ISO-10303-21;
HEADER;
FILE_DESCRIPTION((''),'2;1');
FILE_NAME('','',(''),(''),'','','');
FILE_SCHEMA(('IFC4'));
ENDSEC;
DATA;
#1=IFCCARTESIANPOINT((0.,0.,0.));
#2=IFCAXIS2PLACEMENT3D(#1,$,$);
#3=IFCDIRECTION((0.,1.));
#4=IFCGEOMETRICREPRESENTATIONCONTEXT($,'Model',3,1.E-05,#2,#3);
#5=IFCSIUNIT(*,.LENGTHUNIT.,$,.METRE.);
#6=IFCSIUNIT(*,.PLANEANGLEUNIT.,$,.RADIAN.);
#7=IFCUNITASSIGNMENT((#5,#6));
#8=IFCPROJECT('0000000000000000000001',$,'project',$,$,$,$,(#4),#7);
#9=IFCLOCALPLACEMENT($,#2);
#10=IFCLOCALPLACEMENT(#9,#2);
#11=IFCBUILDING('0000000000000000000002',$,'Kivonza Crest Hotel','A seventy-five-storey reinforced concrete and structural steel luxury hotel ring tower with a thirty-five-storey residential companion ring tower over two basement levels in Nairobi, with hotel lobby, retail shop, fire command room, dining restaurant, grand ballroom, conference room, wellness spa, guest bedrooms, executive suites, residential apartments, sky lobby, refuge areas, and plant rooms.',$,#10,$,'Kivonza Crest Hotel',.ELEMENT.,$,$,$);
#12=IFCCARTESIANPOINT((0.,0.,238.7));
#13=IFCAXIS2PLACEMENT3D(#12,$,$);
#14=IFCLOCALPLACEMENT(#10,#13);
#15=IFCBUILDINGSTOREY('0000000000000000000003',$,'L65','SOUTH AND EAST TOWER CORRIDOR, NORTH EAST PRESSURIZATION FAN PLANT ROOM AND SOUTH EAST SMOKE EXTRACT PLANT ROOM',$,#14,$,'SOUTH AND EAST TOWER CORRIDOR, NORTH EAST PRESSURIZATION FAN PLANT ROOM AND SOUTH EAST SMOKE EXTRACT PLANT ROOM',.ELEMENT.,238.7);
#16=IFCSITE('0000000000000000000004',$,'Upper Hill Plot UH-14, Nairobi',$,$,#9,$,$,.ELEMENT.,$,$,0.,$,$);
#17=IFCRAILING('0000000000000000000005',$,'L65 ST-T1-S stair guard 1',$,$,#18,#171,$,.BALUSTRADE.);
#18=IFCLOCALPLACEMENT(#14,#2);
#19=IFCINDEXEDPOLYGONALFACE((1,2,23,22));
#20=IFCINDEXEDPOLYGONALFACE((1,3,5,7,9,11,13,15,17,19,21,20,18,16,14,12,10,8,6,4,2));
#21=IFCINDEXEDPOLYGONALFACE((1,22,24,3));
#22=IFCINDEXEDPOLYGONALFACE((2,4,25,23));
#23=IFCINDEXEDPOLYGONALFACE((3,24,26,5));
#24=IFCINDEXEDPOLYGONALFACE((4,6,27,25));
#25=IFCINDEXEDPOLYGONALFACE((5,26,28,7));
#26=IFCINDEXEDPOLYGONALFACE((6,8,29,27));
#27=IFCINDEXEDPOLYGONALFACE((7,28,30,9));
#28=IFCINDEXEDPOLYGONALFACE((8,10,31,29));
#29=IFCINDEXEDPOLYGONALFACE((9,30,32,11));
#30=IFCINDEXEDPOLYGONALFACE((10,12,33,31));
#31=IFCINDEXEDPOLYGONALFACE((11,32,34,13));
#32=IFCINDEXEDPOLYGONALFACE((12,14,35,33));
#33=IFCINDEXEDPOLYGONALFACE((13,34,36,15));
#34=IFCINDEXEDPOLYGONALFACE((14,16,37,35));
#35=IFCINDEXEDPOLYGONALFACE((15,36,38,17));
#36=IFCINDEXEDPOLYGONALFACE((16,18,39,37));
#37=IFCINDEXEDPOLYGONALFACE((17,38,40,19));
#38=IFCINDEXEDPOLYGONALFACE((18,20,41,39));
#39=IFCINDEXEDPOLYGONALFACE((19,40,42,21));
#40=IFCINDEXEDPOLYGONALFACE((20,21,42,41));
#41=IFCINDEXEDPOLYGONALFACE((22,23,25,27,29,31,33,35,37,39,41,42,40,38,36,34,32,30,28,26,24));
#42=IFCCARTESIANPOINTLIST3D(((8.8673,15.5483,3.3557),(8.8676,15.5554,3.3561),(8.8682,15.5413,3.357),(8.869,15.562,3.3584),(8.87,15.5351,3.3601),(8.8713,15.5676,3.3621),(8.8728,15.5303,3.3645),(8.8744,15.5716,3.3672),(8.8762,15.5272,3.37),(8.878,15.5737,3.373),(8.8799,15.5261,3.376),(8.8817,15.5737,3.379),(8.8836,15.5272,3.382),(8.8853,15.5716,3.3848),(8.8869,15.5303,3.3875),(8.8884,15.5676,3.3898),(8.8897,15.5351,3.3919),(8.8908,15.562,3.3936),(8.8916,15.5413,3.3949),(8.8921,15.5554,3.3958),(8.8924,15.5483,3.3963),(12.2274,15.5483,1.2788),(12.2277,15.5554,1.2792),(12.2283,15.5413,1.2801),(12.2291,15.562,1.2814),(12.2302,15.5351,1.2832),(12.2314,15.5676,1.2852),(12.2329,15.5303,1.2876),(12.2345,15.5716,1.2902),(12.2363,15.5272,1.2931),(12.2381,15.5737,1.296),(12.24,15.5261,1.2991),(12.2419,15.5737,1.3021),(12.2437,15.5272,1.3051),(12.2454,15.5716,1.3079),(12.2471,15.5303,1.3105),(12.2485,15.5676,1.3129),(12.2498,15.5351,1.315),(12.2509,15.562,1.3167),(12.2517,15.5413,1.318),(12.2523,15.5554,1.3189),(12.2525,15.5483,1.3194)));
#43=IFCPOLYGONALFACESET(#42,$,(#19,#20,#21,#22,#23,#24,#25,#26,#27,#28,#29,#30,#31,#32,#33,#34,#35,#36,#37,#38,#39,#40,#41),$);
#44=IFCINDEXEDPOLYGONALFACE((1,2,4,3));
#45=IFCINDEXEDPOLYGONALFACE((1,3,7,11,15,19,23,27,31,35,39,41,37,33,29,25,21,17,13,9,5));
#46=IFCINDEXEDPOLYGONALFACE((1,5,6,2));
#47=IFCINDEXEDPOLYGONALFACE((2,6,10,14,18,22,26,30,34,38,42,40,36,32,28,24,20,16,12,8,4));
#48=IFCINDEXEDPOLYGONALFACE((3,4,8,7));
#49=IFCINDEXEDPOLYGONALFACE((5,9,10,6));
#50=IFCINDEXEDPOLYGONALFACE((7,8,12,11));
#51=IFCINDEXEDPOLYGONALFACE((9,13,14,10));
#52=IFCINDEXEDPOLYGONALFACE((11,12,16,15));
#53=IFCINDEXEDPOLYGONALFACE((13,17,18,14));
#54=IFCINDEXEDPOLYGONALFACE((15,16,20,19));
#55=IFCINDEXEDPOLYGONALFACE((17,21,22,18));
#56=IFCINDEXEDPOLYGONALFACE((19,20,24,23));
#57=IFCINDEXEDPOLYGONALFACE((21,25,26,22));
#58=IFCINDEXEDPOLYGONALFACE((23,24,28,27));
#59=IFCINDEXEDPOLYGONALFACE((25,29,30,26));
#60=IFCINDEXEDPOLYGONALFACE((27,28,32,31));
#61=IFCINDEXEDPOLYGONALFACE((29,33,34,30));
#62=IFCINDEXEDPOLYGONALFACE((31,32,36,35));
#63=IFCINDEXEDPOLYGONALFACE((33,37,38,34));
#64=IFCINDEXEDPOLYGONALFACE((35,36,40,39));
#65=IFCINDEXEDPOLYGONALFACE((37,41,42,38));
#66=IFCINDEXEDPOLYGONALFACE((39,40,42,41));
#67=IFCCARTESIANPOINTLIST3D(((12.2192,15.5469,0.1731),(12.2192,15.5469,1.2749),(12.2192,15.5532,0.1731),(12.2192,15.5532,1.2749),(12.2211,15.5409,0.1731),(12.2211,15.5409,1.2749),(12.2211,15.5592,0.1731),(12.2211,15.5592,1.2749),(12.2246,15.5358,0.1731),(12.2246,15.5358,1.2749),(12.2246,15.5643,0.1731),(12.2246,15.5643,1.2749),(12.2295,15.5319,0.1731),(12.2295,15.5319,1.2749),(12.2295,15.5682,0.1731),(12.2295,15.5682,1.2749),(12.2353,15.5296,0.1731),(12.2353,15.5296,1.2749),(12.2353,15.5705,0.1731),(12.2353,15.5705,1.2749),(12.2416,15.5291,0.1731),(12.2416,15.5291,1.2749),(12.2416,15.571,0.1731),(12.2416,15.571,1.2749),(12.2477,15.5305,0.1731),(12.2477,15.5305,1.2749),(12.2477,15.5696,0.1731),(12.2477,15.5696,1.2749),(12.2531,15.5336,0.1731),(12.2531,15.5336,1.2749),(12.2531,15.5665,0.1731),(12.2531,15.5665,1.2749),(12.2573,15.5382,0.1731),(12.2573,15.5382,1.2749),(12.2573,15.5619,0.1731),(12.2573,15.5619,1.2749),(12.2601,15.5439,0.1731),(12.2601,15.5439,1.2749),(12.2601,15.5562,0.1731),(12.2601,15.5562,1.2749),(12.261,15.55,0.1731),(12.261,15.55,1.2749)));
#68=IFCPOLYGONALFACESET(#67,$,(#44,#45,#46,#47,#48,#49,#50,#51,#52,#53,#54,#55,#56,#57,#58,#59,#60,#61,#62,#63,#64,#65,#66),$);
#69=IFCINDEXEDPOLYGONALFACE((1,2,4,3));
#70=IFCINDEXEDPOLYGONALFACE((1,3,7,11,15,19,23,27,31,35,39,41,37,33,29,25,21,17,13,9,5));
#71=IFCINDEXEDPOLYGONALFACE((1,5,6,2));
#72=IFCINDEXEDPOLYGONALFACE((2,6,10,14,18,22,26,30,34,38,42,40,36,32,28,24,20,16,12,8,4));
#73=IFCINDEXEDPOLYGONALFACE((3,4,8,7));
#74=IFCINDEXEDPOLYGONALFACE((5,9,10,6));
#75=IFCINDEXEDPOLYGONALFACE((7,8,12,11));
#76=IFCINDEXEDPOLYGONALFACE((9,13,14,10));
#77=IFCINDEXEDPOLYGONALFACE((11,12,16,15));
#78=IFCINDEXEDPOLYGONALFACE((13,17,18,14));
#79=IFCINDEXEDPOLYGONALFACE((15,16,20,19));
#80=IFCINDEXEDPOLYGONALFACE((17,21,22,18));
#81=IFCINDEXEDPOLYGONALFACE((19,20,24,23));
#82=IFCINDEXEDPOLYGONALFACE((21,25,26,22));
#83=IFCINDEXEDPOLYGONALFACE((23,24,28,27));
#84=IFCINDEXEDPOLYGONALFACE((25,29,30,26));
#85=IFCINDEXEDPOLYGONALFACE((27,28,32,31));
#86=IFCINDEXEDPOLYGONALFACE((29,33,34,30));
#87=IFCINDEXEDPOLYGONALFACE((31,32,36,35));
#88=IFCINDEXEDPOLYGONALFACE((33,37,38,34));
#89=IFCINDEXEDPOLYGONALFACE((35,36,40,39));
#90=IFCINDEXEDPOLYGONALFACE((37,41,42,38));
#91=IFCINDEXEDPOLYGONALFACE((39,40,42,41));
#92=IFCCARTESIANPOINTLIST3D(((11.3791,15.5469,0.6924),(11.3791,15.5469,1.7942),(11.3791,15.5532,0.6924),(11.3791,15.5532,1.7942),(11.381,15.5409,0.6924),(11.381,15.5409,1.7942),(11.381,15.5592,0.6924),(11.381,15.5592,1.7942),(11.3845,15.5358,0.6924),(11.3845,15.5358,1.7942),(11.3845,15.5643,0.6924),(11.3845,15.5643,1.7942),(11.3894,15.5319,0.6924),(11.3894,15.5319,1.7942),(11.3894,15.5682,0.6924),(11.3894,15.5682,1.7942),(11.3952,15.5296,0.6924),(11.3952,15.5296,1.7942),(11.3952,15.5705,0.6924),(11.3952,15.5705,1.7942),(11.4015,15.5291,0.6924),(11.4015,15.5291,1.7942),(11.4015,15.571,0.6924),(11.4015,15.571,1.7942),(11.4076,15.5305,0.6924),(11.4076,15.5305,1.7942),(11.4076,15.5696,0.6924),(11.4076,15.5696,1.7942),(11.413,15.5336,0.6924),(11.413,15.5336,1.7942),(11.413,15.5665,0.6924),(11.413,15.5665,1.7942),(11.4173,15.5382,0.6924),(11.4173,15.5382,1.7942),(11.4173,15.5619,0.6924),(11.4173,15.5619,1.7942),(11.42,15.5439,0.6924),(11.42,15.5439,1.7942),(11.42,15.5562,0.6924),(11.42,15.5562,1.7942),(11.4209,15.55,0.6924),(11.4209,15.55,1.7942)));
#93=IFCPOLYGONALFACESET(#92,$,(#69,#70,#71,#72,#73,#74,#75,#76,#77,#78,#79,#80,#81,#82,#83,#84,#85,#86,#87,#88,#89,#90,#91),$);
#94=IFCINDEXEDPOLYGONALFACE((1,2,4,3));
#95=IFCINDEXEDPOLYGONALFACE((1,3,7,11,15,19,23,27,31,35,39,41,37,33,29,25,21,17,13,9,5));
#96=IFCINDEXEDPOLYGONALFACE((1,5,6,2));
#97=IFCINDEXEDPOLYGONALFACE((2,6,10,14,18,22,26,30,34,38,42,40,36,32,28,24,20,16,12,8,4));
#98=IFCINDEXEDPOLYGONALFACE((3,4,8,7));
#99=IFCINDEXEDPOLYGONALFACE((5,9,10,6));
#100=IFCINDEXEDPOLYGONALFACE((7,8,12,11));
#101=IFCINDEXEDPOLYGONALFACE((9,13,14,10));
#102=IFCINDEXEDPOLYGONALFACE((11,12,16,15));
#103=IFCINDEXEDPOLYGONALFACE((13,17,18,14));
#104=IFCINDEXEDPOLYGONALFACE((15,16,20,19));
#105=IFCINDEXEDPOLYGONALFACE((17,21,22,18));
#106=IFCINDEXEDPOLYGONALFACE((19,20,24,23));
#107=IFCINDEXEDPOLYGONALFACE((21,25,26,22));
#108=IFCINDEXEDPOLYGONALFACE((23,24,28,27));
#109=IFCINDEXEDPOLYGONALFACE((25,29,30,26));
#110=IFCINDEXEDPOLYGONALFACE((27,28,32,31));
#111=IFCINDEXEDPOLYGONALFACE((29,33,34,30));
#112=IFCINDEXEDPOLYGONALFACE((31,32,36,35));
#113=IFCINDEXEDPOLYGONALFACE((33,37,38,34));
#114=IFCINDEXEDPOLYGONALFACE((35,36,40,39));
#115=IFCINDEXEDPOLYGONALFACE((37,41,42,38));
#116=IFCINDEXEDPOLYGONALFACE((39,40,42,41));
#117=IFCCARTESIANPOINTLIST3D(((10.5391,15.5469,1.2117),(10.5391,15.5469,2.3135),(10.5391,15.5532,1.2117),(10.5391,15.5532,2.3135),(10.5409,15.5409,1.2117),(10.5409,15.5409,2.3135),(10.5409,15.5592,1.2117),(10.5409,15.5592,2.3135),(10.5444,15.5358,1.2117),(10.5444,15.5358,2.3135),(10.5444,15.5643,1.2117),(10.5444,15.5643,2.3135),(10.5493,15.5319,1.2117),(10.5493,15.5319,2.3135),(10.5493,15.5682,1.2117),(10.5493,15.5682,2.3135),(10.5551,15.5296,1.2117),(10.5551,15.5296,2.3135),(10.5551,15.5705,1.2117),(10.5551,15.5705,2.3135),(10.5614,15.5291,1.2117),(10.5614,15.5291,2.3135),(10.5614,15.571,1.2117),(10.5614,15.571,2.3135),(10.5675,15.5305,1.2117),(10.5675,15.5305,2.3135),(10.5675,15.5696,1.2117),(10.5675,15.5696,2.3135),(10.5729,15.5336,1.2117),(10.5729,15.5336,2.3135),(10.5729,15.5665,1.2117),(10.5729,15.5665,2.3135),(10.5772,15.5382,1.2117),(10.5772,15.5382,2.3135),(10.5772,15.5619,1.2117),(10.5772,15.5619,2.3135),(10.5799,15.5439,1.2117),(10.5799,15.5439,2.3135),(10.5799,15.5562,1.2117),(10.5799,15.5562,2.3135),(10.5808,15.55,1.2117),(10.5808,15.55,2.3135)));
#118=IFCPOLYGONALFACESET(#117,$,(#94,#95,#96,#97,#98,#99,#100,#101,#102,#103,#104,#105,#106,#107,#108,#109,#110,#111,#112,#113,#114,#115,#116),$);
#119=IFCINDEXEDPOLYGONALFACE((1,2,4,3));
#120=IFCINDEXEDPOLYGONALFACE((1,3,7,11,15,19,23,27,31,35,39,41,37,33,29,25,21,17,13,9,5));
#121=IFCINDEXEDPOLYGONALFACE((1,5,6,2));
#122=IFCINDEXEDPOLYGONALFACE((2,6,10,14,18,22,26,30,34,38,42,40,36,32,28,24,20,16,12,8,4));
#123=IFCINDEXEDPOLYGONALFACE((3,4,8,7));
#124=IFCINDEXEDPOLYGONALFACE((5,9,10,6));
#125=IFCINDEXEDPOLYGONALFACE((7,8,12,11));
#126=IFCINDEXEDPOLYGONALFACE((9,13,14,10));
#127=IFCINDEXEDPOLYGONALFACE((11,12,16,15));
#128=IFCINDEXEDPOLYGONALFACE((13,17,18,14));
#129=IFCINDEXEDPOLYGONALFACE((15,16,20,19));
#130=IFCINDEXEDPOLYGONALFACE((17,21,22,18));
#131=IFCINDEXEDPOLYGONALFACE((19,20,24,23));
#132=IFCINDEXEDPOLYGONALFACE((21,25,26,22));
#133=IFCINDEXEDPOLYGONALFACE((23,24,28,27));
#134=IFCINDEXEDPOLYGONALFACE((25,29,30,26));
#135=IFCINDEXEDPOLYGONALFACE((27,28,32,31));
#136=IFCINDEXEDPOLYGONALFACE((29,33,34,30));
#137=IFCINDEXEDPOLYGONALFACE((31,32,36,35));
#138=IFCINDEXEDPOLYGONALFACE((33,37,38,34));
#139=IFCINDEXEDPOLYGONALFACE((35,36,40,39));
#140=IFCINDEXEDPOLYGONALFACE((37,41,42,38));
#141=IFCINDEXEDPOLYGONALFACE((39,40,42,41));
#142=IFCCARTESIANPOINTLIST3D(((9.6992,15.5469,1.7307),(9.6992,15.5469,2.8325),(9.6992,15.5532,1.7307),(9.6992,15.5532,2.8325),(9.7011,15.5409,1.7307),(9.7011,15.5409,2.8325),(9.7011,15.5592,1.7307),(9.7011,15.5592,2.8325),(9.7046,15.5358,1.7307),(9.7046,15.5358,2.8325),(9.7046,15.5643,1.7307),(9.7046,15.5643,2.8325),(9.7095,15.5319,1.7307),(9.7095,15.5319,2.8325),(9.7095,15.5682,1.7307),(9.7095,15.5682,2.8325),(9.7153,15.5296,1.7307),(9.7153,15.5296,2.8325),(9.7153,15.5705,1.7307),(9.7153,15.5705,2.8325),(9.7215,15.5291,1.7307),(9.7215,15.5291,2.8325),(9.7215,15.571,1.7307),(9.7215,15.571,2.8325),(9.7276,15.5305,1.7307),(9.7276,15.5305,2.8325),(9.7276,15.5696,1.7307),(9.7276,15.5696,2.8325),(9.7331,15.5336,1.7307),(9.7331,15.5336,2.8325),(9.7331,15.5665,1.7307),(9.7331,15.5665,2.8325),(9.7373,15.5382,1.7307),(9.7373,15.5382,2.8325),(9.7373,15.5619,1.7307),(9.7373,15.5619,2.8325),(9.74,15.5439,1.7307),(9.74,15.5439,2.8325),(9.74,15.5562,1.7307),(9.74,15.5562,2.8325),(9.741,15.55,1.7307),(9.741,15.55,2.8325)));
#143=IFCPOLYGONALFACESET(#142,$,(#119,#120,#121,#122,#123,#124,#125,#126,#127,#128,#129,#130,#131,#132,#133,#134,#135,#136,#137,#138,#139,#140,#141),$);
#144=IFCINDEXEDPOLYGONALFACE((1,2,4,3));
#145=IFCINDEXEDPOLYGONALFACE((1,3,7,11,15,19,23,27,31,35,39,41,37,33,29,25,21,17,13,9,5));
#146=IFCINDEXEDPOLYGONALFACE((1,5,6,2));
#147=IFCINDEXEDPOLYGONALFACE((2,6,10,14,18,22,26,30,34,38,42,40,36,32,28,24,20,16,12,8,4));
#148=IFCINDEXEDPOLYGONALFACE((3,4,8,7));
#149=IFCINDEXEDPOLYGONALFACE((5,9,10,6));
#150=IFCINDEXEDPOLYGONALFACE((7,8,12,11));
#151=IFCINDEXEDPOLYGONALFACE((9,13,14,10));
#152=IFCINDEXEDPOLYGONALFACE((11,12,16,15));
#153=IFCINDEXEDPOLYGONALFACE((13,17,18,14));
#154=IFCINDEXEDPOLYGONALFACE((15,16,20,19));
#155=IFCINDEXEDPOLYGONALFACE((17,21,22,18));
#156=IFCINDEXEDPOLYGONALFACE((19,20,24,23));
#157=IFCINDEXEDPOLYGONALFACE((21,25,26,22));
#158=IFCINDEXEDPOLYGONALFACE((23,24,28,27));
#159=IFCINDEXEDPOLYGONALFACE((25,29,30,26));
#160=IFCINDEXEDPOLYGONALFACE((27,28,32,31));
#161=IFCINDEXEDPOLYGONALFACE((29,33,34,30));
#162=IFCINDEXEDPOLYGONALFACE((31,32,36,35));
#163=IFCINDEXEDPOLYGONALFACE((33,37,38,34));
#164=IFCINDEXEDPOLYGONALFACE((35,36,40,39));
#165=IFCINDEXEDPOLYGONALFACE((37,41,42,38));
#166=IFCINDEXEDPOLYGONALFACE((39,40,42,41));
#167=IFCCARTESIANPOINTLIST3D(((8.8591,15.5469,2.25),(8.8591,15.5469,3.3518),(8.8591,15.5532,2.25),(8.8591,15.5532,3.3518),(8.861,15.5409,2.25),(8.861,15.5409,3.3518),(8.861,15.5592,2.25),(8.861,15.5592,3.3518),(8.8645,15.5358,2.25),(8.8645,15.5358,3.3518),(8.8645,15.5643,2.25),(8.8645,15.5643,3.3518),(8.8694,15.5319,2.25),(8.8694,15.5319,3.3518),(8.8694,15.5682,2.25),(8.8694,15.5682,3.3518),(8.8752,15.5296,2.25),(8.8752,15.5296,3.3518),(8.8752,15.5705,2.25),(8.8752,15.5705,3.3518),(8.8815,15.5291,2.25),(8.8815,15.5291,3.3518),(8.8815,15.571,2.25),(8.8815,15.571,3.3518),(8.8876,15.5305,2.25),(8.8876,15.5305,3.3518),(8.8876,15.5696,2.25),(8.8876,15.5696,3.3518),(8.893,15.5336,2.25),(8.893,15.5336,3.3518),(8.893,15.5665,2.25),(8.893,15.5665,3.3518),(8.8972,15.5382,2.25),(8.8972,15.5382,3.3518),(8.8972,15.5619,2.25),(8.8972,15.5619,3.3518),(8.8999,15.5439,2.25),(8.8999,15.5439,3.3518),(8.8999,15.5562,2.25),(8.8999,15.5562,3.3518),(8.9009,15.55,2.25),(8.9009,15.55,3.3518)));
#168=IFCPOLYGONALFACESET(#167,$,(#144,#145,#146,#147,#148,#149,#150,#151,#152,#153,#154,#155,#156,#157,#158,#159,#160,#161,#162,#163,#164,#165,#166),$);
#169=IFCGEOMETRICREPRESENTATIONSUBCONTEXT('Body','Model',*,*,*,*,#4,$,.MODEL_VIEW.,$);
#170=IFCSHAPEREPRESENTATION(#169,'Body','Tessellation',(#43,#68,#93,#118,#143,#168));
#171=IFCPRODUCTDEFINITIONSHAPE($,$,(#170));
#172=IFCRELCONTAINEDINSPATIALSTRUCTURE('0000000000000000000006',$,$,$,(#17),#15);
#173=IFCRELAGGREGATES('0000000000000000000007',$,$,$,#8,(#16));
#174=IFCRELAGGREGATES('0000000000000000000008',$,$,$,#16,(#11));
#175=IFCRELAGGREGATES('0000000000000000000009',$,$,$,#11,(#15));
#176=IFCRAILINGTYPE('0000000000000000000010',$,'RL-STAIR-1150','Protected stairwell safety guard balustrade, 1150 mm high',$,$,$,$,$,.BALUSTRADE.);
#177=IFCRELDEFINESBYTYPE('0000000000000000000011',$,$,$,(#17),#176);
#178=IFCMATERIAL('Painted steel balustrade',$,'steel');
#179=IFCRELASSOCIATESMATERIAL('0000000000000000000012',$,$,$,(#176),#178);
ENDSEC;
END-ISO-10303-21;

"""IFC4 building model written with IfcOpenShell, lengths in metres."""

from ifc_helpers import new_model, si_unit, direction, frame, origin, origin_2d, place, context, subcontext, project, spatial, circle, extrude, material, type_object, element, save


model = new_model("IFC4")

# Units and contexts
model_context = context("Model", 3, precision=1e-05, world=origin(), true_north=direction((0.0, 1.0)))
body_context = subcontext(model_context, "Body", "Model", "MODEL_VIEW")
ifc_project = project(units=[si_unit("LENGTHUNIT", "METRE"), si_unit("PLANEANGLEUNIT", "RADIAN")], contexts=[model_context])

# Site, building, storey
site_placement = place(None, origin())
site = spatial("IfcSite", under=ifc_project, at=site_placement, Name="Upper Hill Plot UH-14, Nairobi", CompositionType="ELEMENT", RefElevation=0.0)
building_placement = place(site_placement, origin())
building = spatial("IfcBuilding", under=site, at=building_placement, Name="Kivonza Crest Hotel", Description="A seventy-five-storey reinforced concrete and structural steel luxury hotel ring tower with a thirty-five-storey residential companion ring tower over two basement levels in Nairobi, with hotel lobby, retail shop, fire command room, dining restaurant, grand ballroom, conference room, wellness spa, guest bedrooms, executive suites, residential apartments, sky lobby, refuge areas, and plant rooms.", LongName="Kivonza Crest Hotel", CompositionType="ELEMENT")
storey_placement = place(building_placement, frame((0.0, 0.0, 238.7)))
storey = spatial("IfcBuildingStorey", under=building, at=storey_placement, Name="L65", Description="SOUTH AND EAST TOWER CORRIDOR, NORTH EAST PRESSURIZATION FAN PLANT ROOM AND SOUTH EAST SMOKE EXTRACT PLANT ROOM", LongName="SOUTH AND EAST TOWER CORRIDOR, NORTH EAST PRESSURIZATION FAN PLANT ROOM AND SOUTH EAST SMOKE EXTRACT PLANT ROOM", CompositionType="ELEMENT", Elevation=238.7)

# Railing
ifc_material_1 = material(Name="Painted steel balustrade", Category="steel")
railing_type_1 = type_object("IfcRailingType", Name="RL-STAIR-1150", Description="Protected stairwell safety guard balustrade, 1150 mm high", PredefinedType="BALUSTRADE", material=ifc_material_1)
railing_1_placement = place(storey_placement, frame((12.24, 15.55, 0.1731)))
element("IfcRailing", 1, at=railing_1_placement, inside=storey, type_object=railing_type_1, Name="L65 ST-T1-S stair guard 1", PredefinedType="BALUSTRADE", context=body_context, shape_type="SweptSolid", body=[
    extrude(circle(Radius=0.0239, at=origin_2d()), frame((0.0, 0.0, 1.126), z_axis=(-0.850623, 0.0, 0.525776), x_axis=(0.0, -1.0, 0.0)), (0.0, 0.0, 1.0), 3.9502),
    extrude(circle(Radius=0.021, at=origin_2d()), origin(), (0.0, 0.0, 1.0), 1.1018),
    extrude(circle(Radius=0.021, at=origin_2d()), frame((-0.8401, 0.0, 0.5193)), (0.0, 0.0, 1.0), 1.1018),
    extrude(circle(Radius=0.021, at=origin_2d()), frame((-1.6802, 0.0, 1.0386)), (0.0, 0.0, 1.0), 1.1018),
    extrude(circle(Radius=0.021, at=origin_2d()), frame((-2.52, 0.0, 1.5576)), (0.0, 0.0, 1.0), 1.1018),
    extrude(circle(Radius=0.021, at=origin_2d()), frame((-3.3601, 0.0, 2.0769)), (0.0, 0.0, 1.0), 1.1018),
])

save(model, "model.ifc")
